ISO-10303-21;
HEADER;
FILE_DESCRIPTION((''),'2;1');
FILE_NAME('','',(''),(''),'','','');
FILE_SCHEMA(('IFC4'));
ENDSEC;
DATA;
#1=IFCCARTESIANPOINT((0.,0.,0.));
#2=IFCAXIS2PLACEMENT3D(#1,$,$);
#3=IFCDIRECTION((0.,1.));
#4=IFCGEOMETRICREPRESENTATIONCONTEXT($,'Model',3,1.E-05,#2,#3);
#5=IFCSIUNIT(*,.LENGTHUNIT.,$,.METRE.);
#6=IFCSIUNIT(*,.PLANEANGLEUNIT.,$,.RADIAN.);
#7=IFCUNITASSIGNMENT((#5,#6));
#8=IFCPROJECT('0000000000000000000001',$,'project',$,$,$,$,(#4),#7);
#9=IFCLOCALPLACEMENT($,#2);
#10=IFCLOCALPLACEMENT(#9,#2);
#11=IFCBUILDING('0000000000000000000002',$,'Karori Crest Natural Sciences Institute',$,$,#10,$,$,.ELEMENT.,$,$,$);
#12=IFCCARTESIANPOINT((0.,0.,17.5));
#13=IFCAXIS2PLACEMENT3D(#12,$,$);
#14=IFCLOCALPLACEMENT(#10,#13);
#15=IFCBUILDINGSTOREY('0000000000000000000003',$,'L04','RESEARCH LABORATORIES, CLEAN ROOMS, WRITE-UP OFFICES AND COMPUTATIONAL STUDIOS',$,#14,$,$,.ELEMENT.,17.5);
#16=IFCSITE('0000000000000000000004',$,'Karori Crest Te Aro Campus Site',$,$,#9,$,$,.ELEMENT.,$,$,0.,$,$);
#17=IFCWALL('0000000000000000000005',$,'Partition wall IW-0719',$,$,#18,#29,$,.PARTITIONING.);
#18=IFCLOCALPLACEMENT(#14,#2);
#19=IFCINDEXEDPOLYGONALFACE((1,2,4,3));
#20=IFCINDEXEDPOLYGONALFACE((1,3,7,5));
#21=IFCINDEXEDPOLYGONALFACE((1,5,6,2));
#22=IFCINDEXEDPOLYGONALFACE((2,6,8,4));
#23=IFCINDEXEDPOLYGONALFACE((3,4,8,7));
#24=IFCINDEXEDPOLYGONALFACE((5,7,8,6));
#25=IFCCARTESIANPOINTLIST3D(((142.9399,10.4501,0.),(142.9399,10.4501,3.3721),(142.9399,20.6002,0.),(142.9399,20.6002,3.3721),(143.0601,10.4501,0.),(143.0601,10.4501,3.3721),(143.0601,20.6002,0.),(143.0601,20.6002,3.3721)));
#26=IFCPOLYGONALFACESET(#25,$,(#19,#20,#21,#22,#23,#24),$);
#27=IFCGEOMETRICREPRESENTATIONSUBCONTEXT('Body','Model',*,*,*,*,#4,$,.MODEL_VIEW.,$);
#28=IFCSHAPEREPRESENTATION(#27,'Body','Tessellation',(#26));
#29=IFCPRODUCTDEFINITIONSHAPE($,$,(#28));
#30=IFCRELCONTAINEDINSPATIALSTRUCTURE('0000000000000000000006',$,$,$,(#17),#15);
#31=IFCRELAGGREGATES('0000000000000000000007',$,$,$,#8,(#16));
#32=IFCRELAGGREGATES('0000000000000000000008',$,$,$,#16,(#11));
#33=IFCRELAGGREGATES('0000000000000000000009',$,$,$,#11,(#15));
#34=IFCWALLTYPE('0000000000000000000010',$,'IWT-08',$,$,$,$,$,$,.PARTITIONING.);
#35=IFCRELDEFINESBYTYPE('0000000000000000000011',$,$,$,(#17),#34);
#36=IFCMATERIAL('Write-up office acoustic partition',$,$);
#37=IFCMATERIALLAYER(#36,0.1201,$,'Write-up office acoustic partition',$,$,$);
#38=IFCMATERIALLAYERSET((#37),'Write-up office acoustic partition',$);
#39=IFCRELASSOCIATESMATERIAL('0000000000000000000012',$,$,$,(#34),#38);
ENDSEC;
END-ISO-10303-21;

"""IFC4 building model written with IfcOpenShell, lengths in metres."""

from ifc_helpers import new_model, si_unit, direction, frame, frame_2d, origin, place, context, subcontext, project, spatial, rectangle, extrude, material, layer, layer_set, type_object, element, save


model = new_model("IFC4")

# Units and contexts
model_context = context("Model", 3, precision=1e-05, world=origin(), true_north=direction((0.0, 1.0)))
body_context = subcontext(model_context, "Body", "Model", "MODEL_VIEW")
ifc_project = project(units=[si_unit("LENGTHUNIT", "METRE"), si_unit("PLANEANGLEUNIT", "RADIAN")], contexts=[model_context])

# Site, building, storey
site_placement = place(None, origin())
site = spatial("IfcSite", under=ifc_project, at=site_placement, Name="Karori Crest Te Aro Campus Site", CompositionType="ELEMENT", RefElevation=0.0)
building_placement = place(site_placement, origin())
building = spatial("IfcBuilding", under=site, at=building_placement, Name="Karori Crest Natural Sciences Institute", CompositionType="ELEMENT")
storey_placement = place(building_placement, frame((0.0, 0.0, 17.5)))
storey = spatial("IfcBuildingStorey", under=building, at=storey_placement, Name="L04", Description="RESEARCH LABORATORIES, CLEAN ROOMS, WRITE-UP OFFICES AND COMPUTATIONAL STUDIOS", CompositionType="ELEMENT", Elevation=17.5)

# Shared definitions
ifc_material_1 = material(Name="Write-up office acoustic partition")
ifc_layer_1 = layer(ifc_material_1, 0.1201, Name="Write-up office acoustic partition")
ifc_layer_set_1 = layer_set([ifc_layer_1], Name="Write-up office acoustic partition")
wall_type = type_object("IfcWallType", Name="IWT-08", PredefinedType="PARTITIONING", material=ifc_layer_set_1)

# Wall
wall_1_placement = place(storey_placement, frame((143.0, 10.45, 0.0), z_axis=(0.0, 0.0, 1.0), x_axis=(0.0, 1.0, 0.0)))
element("IfcWall", 1, at=wall_1_placement, inside=storey, type_object=wall_type, Name="Partition wall IW-0719", PredefinedType="PARTITIONING", context=body_context, shape_type="SweptSolid", body=[
    extrude(rectangle(XDim=10.1501, YDim=0.1201, at=frame_2d((5.0752, 0.0))), origin(), (0.0, 0.0, 1.0), 3.3721),
])

save(model, "model.ifc")
